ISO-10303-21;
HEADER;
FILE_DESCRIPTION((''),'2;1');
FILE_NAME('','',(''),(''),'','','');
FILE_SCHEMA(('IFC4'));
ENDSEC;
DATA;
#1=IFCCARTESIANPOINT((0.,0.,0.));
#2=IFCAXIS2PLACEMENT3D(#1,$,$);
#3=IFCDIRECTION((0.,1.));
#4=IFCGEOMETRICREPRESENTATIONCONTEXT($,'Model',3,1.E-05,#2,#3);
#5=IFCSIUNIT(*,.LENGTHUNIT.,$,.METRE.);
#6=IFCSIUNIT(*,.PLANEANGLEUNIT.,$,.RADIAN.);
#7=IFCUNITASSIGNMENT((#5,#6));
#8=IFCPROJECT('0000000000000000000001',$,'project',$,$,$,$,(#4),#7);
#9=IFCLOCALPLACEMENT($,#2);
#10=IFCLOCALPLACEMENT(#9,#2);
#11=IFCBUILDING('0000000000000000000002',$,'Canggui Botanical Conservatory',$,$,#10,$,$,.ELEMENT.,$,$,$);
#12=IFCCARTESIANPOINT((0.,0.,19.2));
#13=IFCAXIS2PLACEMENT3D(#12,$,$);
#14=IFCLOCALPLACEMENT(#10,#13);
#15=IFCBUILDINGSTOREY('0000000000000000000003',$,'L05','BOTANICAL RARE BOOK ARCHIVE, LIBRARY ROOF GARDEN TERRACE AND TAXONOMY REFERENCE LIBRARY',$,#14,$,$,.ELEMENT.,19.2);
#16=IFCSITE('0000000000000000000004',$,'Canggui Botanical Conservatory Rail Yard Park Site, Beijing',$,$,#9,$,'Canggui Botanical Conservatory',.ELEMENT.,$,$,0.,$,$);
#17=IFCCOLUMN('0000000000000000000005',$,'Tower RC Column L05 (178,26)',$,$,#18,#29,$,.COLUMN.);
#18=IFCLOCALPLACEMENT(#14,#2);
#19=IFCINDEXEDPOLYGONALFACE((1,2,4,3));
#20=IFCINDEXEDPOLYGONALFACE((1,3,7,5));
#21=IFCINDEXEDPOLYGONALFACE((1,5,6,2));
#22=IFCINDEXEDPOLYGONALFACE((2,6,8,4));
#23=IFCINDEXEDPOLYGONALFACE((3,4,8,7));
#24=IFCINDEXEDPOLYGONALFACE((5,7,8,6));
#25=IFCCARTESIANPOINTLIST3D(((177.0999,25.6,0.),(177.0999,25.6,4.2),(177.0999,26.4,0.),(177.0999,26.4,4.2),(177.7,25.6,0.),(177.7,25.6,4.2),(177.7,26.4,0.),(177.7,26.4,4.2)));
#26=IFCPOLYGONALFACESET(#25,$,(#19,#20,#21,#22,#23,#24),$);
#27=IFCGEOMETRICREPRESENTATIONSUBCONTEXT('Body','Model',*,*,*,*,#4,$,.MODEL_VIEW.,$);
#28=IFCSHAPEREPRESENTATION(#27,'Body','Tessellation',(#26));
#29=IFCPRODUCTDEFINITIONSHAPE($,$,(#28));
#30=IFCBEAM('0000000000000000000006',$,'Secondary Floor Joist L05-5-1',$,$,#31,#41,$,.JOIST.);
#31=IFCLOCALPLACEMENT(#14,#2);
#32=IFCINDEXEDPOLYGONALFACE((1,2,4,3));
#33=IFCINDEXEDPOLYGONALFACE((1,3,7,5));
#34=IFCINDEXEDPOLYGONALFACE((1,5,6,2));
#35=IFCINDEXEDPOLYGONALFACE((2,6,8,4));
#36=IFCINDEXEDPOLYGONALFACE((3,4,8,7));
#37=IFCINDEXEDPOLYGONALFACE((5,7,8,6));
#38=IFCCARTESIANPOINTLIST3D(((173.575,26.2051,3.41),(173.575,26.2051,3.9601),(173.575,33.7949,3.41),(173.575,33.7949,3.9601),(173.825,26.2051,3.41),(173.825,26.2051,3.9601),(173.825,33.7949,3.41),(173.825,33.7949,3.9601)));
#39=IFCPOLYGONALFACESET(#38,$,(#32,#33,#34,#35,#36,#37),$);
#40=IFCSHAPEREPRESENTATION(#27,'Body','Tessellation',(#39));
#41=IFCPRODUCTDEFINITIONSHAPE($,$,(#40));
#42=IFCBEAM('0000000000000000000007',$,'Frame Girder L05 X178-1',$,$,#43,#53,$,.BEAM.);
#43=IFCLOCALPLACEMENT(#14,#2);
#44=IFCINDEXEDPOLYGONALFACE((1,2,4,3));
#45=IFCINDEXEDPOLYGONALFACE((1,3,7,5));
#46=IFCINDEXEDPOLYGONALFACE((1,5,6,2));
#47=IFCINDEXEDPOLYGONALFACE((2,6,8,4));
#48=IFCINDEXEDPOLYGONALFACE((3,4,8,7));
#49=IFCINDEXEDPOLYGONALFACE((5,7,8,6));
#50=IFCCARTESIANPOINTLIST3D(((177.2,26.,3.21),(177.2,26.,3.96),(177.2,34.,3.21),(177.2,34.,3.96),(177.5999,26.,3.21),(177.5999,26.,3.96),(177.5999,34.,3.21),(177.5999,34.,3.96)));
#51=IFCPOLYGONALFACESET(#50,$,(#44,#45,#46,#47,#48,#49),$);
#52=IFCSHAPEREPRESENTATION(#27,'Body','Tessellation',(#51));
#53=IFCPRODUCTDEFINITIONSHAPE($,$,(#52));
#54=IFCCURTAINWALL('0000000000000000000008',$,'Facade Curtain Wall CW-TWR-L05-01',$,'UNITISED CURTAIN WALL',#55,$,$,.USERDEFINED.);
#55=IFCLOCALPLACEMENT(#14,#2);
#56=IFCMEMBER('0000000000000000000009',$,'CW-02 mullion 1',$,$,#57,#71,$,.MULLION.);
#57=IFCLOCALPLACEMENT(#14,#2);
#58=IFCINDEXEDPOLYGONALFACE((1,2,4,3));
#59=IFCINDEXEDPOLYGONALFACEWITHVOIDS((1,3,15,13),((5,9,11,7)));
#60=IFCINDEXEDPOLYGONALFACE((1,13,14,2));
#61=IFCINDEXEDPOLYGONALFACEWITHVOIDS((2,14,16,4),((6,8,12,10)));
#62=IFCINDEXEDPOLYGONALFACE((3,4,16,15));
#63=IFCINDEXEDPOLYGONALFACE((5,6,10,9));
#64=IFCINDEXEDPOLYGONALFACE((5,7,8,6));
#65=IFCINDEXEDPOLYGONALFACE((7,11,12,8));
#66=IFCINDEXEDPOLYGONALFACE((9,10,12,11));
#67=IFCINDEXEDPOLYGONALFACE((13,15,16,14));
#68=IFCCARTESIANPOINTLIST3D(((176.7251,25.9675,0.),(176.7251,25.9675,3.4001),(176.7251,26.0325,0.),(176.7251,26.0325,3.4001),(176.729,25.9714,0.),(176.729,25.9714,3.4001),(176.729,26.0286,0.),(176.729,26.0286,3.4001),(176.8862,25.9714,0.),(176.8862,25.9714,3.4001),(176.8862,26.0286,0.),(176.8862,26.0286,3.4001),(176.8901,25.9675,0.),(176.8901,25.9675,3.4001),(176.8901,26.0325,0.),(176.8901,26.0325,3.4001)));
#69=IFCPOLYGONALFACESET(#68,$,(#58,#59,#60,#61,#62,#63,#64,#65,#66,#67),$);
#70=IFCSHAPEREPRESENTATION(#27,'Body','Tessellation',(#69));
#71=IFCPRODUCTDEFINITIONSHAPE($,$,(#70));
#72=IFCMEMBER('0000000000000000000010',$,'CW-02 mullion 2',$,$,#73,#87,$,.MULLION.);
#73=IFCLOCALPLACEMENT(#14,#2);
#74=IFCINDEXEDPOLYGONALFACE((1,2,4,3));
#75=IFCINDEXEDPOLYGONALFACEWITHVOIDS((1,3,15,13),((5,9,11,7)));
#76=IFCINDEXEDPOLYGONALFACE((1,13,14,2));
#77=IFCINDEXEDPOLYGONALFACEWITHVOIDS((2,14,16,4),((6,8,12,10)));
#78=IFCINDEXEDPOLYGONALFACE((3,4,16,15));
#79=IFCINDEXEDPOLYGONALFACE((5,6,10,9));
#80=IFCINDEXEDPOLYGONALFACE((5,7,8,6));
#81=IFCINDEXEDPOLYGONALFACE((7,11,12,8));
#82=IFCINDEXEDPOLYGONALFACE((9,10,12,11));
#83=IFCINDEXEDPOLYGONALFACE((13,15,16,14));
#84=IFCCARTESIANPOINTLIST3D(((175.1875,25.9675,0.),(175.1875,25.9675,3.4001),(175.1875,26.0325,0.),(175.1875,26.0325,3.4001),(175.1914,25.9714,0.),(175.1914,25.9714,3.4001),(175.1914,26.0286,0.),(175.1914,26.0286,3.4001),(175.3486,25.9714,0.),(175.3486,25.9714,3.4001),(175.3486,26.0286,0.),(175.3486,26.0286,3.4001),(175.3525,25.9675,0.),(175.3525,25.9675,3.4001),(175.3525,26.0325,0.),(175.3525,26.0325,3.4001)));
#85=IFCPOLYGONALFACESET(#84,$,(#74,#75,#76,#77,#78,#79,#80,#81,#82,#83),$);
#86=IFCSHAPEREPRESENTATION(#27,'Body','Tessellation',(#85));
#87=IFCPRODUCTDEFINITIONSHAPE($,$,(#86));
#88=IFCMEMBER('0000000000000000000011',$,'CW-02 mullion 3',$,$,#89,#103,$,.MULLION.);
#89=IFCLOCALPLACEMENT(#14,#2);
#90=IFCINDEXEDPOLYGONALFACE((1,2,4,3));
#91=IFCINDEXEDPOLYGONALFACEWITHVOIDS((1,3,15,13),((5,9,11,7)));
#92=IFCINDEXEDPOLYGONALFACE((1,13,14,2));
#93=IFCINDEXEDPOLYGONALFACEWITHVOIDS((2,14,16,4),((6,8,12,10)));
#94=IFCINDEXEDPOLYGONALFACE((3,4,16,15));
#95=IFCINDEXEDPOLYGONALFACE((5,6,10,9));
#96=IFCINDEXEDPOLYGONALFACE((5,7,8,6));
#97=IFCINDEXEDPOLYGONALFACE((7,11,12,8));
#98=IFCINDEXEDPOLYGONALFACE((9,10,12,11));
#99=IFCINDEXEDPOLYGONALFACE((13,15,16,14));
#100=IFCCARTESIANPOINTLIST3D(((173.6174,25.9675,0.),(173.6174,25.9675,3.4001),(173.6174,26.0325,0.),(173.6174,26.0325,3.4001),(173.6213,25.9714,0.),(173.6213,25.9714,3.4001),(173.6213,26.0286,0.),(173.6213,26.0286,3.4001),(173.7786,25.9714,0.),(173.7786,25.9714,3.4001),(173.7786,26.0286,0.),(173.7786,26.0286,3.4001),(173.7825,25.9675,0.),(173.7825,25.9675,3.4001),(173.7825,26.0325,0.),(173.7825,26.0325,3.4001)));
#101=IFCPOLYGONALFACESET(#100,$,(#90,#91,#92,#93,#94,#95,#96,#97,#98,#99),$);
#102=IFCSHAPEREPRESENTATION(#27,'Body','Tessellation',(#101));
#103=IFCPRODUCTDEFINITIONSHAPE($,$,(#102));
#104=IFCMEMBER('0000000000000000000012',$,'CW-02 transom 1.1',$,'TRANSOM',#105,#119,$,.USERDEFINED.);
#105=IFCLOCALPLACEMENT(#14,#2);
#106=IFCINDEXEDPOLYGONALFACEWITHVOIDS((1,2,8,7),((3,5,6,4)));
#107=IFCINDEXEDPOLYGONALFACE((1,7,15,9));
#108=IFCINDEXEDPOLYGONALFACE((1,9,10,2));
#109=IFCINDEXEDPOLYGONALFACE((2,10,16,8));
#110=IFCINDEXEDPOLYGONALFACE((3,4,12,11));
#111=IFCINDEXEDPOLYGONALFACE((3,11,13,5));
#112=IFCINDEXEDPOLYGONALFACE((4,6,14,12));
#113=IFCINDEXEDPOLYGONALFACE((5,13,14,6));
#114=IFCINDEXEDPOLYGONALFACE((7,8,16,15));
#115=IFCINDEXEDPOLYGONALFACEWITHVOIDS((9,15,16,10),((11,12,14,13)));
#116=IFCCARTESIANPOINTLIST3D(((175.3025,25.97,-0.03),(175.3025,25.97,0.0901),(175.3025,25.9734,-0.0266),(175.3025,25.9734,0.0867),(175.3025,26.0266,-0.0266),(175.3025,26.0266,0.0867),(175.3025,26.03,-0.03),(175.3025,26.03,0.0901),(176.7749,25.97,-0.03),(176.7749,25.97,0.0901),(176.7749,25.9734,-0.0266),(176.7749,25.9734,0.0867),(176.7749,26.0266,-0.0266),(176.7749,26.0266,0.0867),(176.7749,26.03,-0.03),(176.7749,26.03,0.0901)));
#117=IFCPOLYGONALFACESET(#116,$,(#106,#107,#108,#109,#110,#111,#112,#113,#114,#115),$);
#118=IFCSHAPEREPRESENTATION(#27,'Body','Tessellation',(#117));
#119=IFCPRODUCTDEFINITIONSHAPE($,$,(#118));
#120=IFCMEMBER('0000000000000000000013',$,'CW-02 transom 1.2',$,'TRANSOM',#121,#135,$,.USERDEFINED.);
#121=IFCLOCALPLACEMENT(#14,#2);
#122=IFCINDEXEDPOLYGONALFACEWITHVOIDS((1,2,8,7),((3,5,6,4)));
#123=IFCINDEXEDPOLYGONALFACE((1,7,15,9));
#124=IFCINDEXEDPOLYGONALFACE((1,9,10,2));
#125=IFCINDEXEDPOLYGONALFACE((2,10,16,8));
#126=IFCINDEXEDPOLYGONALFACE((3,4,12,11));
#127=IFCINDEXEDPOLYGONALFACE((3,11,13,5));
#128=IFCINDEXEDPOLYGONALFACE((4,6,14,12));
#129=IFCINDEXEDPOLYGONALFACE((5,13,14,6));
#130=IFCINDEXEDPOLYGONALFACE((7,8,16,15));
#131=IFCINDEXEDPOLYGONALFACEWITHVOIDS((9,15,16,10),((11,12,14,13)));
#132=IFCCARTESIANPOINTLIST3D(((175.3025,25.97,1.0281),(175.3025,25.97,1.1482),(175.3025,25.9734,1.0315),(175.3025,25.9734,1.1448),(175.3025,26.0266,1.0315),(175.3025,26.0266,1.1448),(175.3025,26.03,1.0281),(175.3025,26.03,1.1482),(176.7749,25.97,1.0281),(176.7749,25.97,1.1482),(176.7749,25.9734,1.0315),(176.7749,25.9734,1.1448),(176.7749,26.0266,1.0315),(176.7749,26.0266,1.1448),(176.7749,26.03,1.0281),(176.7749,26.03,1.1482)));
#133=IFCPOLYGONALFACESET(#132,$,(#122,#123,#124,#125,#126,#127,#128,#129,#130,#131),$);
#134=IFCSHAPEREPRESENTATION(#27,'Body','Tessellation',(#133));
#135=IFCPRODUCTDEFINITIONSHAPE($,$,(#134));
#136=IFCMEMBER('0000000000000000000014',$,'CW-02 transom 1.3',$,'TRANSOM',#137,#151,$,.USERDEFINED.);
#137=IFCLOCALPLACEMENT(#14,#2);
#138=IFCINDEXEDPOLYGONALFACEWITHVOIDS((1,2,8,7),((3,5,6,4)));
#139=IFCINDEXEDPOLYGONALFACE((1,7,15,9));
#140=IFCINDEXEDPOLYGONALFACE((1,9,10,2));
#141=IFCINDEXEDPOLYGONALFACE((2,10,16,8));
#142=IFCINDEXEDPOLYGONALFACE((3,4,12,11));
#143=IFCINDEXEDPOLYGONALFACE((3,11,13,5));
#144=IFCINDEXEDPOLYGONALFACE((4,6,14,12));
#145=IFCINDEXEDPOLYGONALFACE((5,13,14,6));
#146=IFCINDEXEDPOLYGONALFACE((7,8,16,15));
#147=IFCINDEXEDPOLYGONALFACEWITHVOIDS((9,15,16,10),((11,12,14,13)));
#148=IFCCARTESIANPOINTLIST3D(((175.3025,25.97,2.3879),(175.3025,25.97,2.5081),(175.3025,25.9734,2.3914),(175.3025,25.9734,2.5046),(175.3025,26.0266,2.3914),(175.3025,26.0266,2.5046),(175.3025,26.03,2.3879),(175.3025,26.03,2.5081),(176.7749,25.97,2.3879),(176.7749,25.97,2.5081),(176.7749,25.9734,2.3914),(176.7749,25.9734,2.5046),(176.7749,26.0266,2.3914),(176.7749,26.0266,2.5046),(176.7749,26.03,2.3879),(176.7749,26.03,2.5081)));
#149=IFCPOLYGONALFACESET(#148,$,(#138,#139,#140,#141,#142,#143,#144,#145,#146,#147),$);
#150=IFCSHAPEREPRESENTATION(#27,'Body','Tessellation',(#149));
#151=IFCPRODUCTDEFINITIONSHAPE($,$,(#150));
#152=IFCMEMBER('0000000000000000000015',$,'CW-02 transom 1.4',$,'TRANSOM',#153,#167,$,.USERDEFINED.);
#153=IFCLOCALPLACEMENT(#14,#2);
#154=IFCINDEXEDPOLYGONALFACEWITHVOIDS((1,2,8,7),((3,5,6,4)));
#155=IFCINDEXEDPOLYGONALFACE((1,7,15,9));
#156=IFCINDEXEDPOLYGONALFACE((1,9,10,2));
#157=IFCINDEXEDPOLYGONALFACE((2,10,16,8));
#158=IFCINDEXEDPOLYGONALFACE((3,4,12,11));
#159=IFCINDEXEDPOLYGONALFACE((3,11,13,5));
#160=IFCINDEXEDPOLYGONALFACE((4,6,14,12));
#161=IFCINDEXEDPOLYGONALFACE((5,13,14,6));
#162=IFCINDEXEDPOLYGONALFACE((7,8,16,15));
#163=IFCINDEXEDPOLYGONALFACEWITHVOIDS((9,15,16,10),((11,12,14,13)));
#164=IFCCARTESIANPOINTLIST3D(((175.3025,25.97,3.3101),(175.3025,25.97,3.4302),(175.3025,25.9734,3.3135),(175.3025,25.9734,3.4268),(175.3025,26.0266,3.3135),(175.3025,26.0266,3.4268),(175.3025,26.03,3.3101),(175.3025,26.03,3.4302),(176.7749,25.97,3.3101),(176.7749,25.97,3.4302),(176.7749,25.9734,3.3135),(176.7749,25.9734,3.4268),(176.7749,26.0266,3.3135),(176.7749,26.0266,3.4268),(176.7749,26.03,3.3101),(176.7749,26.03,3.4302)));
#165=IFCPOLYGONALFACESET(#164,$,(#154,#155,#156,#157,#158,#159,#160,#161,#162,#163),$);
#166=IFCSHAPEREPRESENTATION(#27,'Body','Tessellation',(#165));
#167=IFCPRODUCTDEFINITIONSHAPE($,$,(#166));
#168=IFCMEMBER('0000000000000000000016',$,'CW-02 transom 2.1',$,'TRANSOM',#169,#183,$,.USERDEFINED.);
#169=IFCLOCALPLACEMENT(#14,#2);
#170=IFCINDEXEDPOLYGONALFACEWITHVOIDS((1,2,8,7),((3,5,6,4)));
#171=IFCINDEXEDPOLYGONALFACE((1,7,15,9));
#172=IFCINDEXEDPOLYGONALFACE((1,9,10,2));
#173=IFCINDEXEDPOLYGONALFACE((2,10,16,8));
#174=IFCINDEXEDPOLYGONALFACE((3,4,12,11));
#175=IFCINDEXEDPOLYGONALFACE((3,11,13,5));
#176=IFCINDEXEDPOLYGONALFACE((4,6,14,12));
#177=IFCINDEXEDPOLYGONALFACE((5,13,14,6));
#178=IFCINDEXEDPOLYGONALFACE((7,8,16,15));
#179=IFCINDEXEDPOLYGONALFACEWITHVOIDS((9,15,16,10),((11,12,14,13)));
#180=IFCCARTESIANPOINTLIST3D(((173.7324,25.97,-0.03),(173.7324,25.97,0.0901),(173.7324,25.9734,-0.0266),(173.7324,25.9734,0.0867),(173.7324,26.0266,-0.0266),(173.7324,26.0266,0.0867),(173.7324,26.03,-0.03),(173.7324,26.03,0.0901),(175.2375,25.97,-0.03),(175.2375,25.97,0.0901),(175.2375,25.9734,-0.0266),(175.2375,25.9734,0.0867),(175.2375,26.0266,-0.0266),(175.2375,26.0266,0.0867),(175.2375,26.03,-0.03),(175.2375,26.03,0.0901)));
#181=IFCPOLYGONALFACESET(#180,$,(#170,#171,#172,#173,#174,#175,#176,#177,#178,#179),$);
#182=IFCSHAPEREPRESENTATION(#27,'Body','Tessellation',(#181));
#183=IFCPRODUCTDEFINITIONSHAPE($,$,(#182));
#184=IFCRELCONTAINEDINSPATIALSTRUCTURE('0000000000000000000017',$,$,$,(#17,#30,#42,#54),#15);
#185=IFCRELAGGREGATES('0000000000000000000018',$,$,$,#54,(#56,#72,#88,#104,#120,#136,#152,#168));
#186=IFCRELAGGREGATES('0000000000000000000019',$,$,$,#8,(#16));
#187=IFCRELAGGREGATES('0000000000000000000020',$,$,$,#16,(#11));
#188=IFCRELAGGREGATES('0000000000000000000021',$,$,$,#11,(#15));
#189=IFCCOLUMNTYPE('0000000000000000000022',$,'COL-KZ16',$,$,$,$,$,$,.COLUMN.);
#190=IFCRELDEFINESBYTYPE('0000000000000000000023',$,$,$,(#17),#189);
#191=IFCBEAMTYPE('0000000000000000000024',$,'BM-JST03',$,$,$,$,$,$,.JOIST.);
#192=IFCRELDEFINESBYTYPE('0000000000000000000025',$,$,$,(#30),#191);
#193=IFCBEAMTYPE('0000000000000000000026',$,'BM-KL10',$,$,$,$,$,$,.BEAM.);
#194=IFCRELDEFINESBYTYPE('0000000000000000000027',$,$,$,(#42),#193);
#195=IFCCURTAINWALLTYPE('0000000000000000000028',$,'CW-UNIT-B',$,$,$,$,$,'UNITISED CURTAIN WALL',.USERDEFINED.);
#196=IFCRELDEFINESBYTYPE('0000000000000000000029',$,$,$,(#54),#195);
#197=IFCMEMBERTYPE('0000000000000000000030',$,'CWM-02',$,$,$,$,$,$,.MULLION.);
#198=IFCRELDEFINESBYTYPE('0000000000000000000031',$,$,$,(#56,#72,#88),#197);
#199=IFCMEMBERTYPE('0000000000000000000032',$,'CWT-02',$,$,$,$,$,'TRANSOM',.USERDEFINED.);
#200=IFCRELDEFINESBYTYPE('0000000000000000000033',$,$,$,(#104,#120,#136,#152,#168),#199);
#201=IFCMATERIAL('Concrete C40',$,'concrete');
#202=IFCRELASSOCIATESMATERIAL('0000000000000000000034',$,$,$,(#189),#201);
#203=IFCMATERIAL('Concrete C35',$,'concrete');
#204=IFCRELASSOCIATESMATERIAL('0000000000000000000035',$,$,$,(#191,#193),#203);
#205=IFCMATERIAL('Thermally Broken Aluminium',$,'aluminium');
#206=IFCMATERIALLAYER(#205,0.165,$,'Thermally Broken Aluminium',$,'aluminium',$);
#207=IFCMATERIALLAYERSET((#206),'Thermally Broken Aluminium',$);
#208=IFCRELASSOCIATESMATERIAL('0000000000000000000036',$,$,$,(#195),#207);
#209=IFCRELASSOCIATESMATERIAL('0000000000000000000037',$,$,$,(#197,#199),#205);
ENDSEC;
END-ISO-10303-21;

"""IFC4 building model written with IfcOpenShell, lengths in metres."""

from ifc_helpers import new_model, si_unit, direction, frame, origin, origin_2d, place, context, subcontext, project, spatial, rectangle, hollow_rectangle, extrude, material, layer, layer_set, material_profile, profile_set, type_object, element, aggregate, save


model = new_model("IFC4")

# Units and contexts
model_context = context("Model", 3, precision=1e-05, world=origin(), true_north=direction((0.0, 1.0)))
body_context = subcontext(model_context, "Body", "Model", "MODEL_VIEW")
ifc_project = project(units=[si_unit("LENGTHUNIT", "METRE"), si_unit("PLANEANGLEUNIT", "RADIAN")], contexts=[model_context])

# Site, building, storey
site_placement = place(None, origin())
site = spatial("IfcSite", under=ifc_project, at=site_placement, Name="Canggui Botanical Conservatory Rail Yard Park Site, Beijing", LongName="Canggui Botanical Conservatory", CompositionType="ELEMENT", RefElevation=0.0)
building_placement = place(site_placement, origin())
building = spatial("IfcBuilding", under=site, at=building_placement, Name="Canggui Botanical Conservatory", CompositionType="ELEMENT")
storey_placement = place(building_placement, frame((0.0, 0.0, 19.2)))
storey = spatial("IfcBuildingStorey", under=building, at=storey_placement, Name="L05", Description="BOTANICAL RARE BOOK ARCHIVE, LIBRARY ROOF GARDEN TERRACE AND TAXONOMY REFERENCE LIBRARY", CompositionType="ELEMENT", Elevation=19.2)

# Column
ifc_material_1 = material(Name="Concrete C40", Category="concrete")
ifc_material_profile_1 = material_profile(ifc_material_1, rectangle(XDim=0.6001, YDim=0.8, at=origin_2d()), Name="RC 600x800")
ifc_profile_set_1 = profile_set([ifc_material_profile_1], Name="Concrete C40")
column_type = type_object("IfcColumnType", Name="COL-KZ16", PredefinedType="COLUMN", material=ifc_profile_set_1)
column_placement = place(storey_placement, frame((177.3999, 26.0, 0.0), z_axis=(0.0, 0.0, 1.0), x_axis=(1.0, 0.0, 0.0)))
element("IfcColumn", 1, at=column_placement, inside=storey, type_object=column_type, Name="Tower RC Column L05 (178,26)", PredefinedType="COLUMN", context=body_context, shape_type="SweptSolid", body=[
    extrude(rectangle(XDim=0.6001, YDim=0.8, at=origin_2d()), origin(), (0.0, 0.0, 1.0), 4.2),
])

# Beams
ifc_material_2 = material(Name="Concrete C35", Category="concrete")
ifc_material_profile_2 = material_profile(ifc_material_2, rectangle(XDim=0.25, YDim=0.55, at=origin_2d()), Name="RB 250x550")
ifc_profile_set_2 = profile_set([ifc_material_profile_2], Name="Concrete C35")
beam_type_1 = type_object("IfcBeamType", Name="BM-JST03", PredefinedType="JOIST", material=ifc_profile_set_2)
beam_1_placement = place(storey_placement, frame((173.7, 26.2051, 3.6851), z_axis=(0.0, 1.0, 0.0), x_axis=(-1.0, 0.0, 0.0)))
element("IfcBeam", 2, at=beam_1_placement, inside=storey, type_object=beam_type_1, Name="Secondary Floor Joist L05-5-1", PredefinedType="JOIST", context=body_context, shape_type="SweptSolid", body=[
    extrude(rectangle(XDim=0.25, YDim=0.55, at=origin_2d()), origin(), (0.0, 0.0, 1.0), 7.5898),
])
ifc_material_profile_3 = material_profile(ifc_material_2, rectangle(XDim=0.3999, YDim=0.75, at=origin_2d()), Name="RB 400x750")
ifc_profile_set_3 = profile_set([ifc_material_profile_3], Name="Concrete C35")
beam_type_2 = type_object("IfcBeamType", Name="BM-KL10", PredefinedType="BEAM", material=ifc_profile_set_3)
beam_2_placement = place(storey_placement, frame((177.3999, 26.0, 3.585), z_axis=(0.0, 1.0, 0.0), x_axis=(-1.0, 0.0, 0.0)))
element("IfcBeam", 3, at=beam_2_placement, inside=storey, type_object=beam_type_2, Name="Frame Girder L05 X178-1", PredefinedType="BEAM", context=body_context, shape_type="SweptSolid", body=[
    extrude(rectangle(XDim=0.3999, YDim=0.75, at=origin_2d()), origin(), (0.0, 0.0, 1.0), 8.0),
])

# Curtain wall, members
ifc_material_3 = material(Name="Thermally Broken Aluminium", Category="aluminium")
ifc_layer_1 = layer(ifc_material_3, 0.165, Name="Thermally Broken Aluminium", Category="aluminium")
ifc_layer_set_1 = layer_set([ifc_layer_1], Name="Thermally Broken Aluminium")
curtain_wall_type = type_object("IfcCurtainWallType", Name="CW-UNIT-B", ElementType="UNITISED CURTAIN WALL", PredefinedType="USERDEFINED", material=ifc_layer_set_1)
curtain_wall_placement = place(storey_placement, origin())
curtain_wall = element("IfcCurtainWall", 4, at=curtain_wall_placement, inside=storey, type_object=curtain_wall_type, Name="Facade Curtain Wall CW-TWR-L05-01", ObjectType="UNITISED CURTAIN WALL", PredefinedType="USERDEFINED")
ifc_material_profile_4 = material_profile(ifc_material_3, hollow_rectangle(XDim=0.0649, YDim=0.165, WallThickness=0.0039, at=origin_2d()), Name="CWM 65x165x4")
ifc_profile_set_4 = profile_set([ifc_material_profile_4], Name="Thermally Broken Aluminium")
member_type_1 = type_object("IfcMemberType", Name="CWM-02", PredefinedType="MULLION", material=ifc_profile_set_4)
member_1_placement = place(storey_placement, frame((176.8076, 26.0, 0.0), z_axis=(0.0, 0.0, 1.0), x_axis=(0.0, -1.0, 0.0)))
member_1 = element("IfcMember", 5, at=member_1_placement, type_object=member_type_1, Name="CW-02 mullion 1", PredefinedType="MULLION", context=body_context, shape_type="SweptSolid", body=[
    extrude(hollow_rectangle(XDim=0.0649, YDim=0.165, WallThickness=0.0039, at=origin_2d()), origin(), (0.0, 0.0, 1.0), 3.4001),
])
member_2_placement = place(storey_placement, frame((175.27, 26.0, 0.0), z_axis=(0.0, 0.0, 1.0), x_axis=(0.0, -1.0, 0.0)))
member_2 = element("IfcMember", 6, at=member_2_placement, type_object=member_type_1, Name="CW-02 mullion 2", PredefinedType="MULLION", context=body_context, shape_type="SweptSolid", body=[
    extrude(hollow_rectangle(XDim=0.0649, YDim=0.165, WallThickness=0.0039, at=origin_2d()), origin(), (0.0, 0.0, 1.0), 3.4001),
])
member_3_placement = place(storey_placement, frame((173.7, 26.0, 0.0), z_axis=(0.0, 0.0, 1.0), x_axis=(0.0, -1.0, 0.0)))
member_3 = element("IfcMember", 7, at=member_3_placement, type_object=member_type_1, Name="CW-02 mullion 3", PredefinedType="MULLION", context=body_context, shape_type="SweptSolid", body=[
    extrude(hollow_rectangle(XDim=0.0649, YDim=0.165, WallThickness=0.0039, at=origin_2d()), origin(), (0.0, 0.0, 1.0), 3.4001),
])
ifc_material_profile_5 = material_profile(ifc_material_3, hollow_rectangle(XDim=0.0601, YDim=0.1201, WallThickness=0.0034, at=origin_2d()), Name="CWT 60x120x3.5")
ifc_profile_set_5 = profile_set([ifc_material_profile_5], Name="Thermally Broken Aluminium")
member_type_2 = type_object("IfcMemberType", Name="CWT-02", ElementType="TRANSOM", PredefinedType="USERDEFINED", material=ifc_profile_set_5)
member_4_placement = place(storey_placement, frame((176.7749, 26.0, 0.03), z_axis=(-1.0, 0.0, 0.0), x_axis=(0.0, -1.0, 0.0)))
member_4 = element("IfcMember", 8, at=member_4_placement, type_object=member_type_2, Name="CW-02 transom 1.1", ObjectType="TRANSOM", PredefinedType="USERDEFINED", context=body_context, shape_type="SweptSolid", body=[
    extrude(hollow_rectangle(XDim=0.0601, YDim=0.1201, WallThickness=0.0034, at=origin_2d()), origin(), (0.0, 0.0, 1.0), 1.4724),
])
member_5_placement = place(storey_placement, frame((176.7749, 26.0, 1.0881), z_axis=(-1.0, 0.0, 0.0), x_axis=(0.0, -1.0, 0.0)))
member_5 = element("IfcMember", 9, at=member_5_placement, type_object=member_type_2, Name="CW-02 transom 1.2", ObjectType="TRANSOM", PredefinedType="USERDEFINED", context=body_context, shape_type="SweptSolid", body=[
    extrude(hollow_rectangle(XDim=0.0601, YDim=0.1201, WallThickness=0.0034, at=origin_2d()), origin(), (0.0, 0.0, 1.0), 1.4724),
])
member_6_placement = place(storey_placement, frame((176.7749, 26.0, 2.448), z_axis=(-1.0, 0.0, 0.0), x_axis=(0.0, -1.0, 0.0)))
member_6 = element("IfcMember", 10, at=member_6_placement, type_object=member_type_2, Name="CW-02 transom 1.3", ObjectType="TRANSOM", PredefinedType="USERDEFINED", context=body_context, shape_type="SweptSolid", body=[
    extrude(hollow_rectangle(XDim=0.0601, YDim=0.1201, WallThickness=0.0034, at=origin_2d()), origin(), (0.0, 0.0, 1.0), 1.4724),
])
member_7_placement = place(storey_placement, frame((176.7749, 26.0, 3.3701), z_axis=(-1.0, 0.0, 0.0), x_axis=(0.0, -1.0, 0.0)))
member_7 = element("IfcMember", 11, at=member_7_placement, type_object=member_type_2, Name="CW-02 transom 1.4", ObjectType="TRANSOM", PredefinedType="USERDEFINED", context=body_context, shape_type="SweptSolid", body=[
    extrude(hollow_rectangle(XDim=0.0601, YDim=0.1201, WallThickness=0.0034, at=origin_2d()), origin(), (0.0, 0.0, 1.0), 1.4724),
])
member_8_placement = place(storey_placement, frame((175.2375, 26.0, 0.03), z_axis=(-1.0, 0.0, 0.0), x_axis=(0.0, -1.0, 0.0)))
member_8 = element("IfcMember", 12, at=member_8_placement, type_object=member_type_2, Name="CW-02 transom 2.1", ObjectType="TRANSOM", PredefinedType="USERDEFINED", context=body_context, shape_type="SweptSolid", body=[
    extrude(hollow_rectangle(XDim=0.0601, YDim=0.1201, WallThickness=0.0034, at=origin_2d()), origin(), (0.0, 0.0, 1.0), 1.5051),
])
aggregate(curtain_wall, [member_1, member_2, member_3, member_4, member_5, member_6, member_7, member_8])

save(model, "model.ifc")
